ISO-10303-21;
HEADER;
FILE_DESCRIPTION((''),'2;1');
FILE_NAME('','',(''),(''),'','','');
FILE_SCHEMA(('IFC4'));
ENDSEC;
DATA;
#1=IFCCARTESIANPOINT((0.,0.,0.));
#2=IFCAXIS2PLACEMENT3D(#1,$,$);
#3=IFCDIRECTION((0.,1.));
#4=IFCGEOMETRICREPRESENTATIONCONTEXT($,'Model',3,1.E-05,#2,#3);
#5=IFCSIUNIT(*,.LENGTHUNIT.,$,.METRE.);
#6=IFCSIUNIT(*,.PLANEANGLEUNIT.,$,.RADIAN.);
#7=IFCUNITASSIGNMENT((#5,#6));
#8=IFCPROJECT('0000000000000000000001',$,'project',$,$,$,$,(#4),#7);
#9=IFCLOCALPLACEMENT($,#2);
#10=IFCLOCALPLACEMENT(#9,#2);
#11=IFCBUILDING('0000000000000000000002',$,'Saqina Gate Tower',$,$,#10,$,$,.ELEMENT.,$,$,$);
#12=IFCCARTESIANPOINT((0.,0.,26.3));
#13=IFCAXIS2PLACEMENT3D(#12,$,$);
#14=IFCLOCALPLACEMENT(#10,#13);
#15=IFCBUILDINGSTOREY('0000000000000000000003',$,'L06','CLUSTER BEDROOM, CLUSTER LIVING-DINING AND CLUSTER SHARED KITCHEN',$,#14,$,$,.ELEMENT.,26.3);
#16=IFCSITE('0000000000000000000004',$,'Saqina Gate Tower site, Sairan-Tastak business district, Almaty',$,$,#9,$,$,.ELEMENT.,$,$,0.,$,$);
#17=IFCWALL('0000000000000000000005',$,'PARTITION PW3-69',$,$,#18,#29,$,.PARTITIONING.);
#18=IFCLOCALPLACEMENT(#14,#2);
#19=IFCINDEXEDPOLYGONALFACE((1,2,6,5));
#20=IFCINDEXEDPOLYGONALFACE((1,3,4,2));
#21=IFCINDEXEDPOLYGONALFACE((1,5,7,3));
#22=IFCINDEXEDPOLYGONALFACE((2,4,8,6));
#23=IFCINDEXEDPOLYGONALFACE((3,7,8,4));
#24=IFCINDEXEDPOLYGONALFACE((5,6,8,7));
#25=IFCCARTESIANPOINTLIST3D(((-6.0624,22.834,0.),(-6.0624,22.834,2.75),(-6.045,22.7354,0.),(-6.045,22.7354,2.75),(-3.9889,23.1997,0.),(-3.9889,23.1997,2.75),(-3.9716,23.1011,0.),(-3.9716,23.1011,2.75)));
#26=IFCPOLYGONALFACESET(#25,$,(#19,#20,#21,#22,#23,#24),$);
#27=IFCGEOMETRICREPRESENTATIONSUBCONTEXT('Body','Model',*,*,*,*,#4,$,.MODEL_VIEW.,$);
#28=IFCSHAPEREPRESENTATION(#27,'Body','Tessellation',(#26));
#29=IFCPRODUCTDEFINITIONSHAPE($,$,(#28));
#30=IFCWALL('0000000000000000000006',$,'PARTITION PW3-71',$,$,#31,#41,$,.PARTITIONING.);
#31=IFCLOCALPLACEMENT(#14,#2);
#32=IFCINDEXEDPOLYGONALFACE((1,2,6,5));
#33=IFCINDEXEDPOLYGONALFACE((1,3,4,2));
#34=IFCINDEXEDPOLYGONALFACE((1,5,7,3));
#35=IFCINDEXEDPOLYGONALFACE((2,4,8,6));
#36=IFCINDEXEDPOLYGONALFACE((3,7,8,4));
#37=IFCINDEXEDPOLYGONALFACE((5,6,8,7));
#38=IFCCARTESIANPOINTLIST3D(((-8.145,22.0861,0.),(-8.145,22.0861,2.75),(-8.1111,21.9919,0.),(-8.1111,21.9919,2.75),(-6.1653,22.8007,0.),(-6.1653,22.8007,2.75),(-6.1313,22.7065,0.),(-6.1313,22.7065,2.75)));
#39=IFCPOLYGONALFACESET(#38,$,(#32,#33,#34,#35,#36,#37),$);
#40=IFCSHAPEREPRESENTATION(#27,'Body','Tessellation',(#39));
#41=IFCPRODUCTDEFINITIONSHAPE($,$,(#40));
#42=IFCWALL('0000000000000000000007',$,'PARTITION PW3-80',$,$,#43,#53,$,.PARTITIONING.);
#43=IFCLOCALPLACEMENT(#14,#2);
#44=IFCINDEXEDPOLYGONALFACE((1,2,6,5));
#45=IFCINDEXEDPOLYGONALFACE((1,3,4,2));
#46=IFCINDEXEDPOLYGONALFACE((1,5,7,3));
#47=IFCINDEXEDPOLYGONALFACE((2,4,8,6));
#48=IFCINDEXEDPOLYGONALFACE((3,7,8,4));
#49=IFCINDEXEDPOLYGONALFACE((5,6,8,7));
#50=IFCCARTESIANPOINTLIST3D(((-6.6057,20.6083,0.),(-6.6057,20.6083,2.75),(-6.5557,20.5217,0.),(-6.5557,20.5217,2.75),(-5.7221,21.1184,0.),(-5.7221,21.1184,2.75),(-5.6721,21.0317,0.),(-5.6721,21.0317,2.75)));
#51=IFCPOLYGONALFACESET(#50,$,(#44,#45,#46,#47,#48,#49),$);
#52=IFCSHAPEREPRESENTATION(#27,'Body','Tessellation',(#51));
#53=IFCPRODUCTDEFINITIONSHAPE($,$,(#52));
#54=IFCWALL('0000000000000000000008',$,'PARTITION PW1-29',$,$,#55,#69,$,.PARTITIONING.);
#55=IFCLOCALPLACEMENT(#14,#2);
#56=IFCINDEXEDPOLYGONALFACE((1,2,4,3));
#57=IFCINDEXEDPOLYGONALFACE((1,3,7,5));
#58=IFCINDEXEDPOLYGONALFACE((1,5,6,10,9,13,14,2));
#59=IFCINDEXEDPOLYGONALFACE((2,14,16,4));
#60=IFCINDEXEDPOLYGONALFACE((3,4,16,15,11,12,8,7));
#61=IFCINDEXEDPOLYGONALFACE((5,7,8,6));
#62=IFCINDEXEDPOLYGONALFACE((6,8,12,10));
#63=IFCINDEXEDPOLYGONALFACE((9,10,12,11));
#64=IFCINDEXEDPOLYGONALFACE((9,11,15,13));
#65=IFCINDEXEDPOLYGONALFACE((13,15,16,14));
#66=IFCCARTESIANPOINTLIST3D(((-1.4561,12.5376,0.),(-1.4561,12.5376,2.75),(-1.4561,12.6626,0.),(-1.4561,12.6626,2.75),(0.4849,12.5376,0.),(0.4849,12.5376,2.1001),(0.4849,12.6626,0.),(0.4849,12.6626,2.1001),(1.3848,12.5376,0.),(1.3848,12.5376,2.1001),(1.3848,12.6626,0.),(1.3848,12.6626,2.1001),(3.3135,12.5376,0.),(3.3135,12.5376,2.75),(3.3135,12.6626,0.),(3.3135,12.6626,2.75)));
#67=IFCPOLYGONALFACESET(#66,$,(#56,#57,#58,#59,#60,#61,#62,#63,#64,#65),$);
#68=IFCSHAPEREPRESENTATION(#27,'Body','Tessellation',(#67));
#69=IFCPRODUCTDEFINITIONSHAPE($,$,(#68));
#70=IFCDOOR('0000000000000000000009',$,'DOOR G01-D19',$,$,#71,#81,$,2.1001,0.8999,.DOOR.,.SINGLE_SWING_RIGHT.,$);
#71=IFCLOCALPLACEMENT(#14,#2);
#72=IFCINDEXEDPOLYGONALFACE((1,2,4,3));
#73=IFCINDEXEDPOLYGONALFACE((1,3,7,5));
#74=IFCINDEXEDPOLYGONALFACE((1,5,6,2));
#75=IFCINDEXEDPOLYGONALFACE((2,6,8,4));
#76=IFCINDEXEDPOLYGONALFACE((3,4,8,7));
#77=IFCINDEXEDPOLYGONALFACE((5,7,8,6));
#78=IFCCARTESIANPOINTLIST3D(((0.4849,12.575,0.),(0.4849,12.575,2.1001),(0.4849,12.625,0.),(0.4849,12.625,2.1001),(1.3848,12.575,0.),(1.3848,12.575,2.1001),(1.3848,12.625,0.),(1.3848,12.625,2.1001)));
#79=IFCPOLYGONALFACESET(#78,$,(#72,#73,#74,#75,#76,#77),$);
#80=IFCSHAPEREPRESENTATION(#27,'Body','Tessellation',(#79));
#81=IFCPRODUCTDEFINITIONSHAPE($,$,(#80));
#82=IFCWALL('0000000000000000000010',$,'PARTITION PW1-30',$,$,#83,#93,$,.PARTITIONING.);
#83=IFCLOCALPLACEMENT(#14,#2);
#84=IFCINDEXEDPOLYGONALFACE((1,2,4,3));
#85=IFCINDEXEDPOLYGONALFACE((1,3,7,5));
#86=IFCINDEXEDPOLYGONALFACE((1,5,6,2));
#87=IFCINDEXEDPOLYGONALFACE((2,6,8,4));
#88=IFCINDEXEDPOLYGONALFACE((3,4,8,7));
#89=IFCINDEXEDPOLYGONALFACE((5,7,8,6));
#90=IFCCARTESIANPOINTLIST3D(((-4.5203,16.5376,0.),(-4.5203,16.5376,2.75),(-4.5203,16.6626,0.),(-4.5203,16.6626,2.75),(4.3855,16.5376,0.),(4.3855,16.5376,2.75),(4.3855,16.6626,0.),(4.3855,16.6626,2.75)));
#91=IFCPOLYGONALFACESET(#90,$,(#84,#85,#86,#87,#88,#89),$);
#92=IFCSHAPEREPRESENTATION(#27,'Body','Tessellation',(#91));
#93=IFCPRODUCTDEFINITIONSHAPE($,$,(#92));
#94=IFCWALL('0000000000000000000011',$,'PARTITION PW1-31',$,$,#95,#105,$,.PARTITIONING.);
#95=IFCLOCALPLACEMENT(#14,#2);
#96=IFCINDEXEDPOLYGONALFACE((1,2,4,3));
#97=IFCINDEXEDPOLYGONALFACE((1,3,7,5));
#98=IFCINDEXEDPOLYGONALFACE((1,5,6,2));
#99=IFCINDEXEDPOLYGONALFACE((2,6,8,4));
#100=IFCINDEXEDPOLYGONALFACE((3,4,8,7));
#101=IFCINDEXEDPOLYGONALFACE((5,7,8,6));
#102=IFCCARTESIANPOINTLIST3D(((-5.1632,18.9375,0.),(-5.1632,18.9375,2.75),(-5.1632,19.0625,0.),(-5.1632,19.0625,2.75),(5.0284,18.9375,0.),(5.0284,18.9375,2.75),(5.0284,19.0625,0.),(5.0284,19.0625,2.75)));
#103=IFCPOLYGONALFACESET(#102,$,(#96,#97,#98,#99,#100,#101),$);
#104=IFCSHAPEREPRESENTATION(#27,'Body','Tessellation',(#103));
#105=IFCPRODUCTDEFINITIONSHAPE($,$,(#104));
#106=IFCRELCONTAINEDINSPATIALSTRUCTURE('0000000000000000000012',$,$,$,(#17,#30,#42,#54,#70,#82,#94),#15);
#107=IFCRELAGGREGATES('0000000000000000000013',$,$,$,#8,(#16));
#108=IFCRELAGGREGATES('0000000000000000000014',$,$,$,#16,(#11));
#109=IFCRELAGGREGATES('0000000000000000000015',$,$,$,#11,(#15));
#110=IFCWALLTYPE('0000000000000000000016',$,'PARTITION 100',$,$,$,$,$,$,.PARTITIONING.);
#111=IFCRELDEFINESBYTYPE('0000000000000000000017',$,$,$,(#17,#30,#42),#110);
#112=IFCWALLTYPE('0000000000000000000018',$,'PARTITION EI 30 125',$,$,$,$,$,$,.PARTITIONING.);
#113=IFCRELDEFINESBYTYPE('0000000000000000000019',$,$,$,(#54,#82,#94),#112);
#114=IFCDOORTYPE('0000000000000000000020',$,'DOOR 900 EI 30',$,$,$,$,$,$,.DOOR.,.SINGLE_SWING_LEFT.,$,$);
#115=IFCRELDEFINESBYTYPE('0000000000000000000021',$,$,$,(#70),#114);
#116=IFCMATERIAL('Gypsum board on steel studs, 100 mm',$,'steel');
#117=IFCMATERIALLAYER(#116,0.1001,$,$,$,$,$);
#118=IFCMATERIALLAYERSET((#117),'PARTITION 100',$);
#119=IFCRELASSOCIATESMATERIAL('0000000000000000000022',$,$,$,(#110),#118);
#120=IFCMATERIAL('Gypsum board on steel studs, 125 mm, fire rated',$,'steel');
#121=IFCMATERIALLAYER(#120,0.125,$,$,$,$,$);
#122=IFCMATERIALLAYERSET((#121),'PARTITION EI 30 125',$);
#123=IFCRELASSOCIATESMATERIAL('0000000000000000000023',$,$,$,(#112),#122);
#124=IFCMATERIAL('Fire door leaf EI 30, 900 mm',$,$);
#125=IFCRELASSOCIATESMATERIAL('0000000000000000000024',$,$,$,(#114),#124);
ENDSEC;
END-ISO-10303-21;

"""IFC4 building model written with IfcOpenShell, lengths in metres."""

from ifc_helpers import new_model, si_unit, direction, frame, frame_2d, origin, place, context, subcontext, project, spatial, rectangle, extrude, material, layer, layer_set, type_object, element, fill, save


model = new_model("IFC4")

# Units and contexts
model_context = context("Model", 3, precision=1e-05, world=origin(), true_north=direction((0.0, 1.0)))
body_context = subcontext(model_context, "Body", "Model", "MODEL_VIEW")
ifc_project = project(units=[si_unit("LENGTHUNIT", "METRE"), si_unit("PLANEANGLEUNIT", "RADIAN")], contexts=[model_context])

# Site, building, storey
site_placement = place(None, origin())
site = spatial("IfcSite", under=ifc_project, at=site_placement, Name="Saqina Gate Tower site, Sairan-Tastak business district, Almaty", CompositionType="ELEMENT", RefElevation=0.0)
building_placement = place(site_placement, origin())
building = spatial("IfcBuilding", under=site, at=building_placement, Name="Saqina Gate Tower", CompositionType="ELEMENT")
storey_placement = place(building_placement, frame((0.0, 0.0, 26.3)))
storey = spatial("IfcBuildingStorey", under=building, at=storey_placement, Name="L06", Description="CLUSTER BEDROOM, CLUSTER LIVING-DINING AND CLUSTER SHARED KITCHEN", CompositionType="ELEMENT", Elevation=26.3)

# Shared definitions
ifc_material_1 = material(Name="Gypsum board on steel studs, 100 mm", Category="steel")
ifc_layer_1 = layer(ifc_material_1, 0.1001)
ifc_layer_set_1 = layer_set([ifc_layer_1], Name="PARTITION 100")
wall_type_1 = type_object("IfcWallType", Name="PARTITION 100", PredefinedType="PARTITIONING", material=ifc_layer_set_1)

# Walls
wall_1_placement = place(storey_placement, frame((-6.0537, 22.7847, 0.0), z_axis=(0.0, 0.0, 1.0), x_axis=(0.984799, 0.173699, 0.0)))
element("IfcWall", 1, at=wall_1_placement, inside=storey, type_object=wall_type_1, Name="PARTITION PW3-69", PredefinedType="PARTITIONING", context=body_context, shape_type="SweptSolid", body=[
    extrude(rectangle(XDim=2.1055, YDim=0.1001, at=frame_2d((1.0527, 0.0))), origin(), (0.0, 0.0, 1.0), 2.75),
])
wall_2_placement = place(storey_placement, frame((-8.1279, 22.0391, 0.0), z_axis=(0.0, 0.0, 1.0), x_axis=(0.9406, 0.339516, 0.0)))
element("IfcWall", 2, at=wall_2_placement, inside=storey, type_object=wall_type_1, Name="PARTITION PW3-71", PredefinedType="PARTITIONING", context=body_context, shape_type="SweptSolid", body=[
    extrude(rectangle(XDim=2.1047, YDim=0.1001, at=frame_2d((1.0522, 0.0))), origin(), (0.0, 0.0, 1.0), 2.75),
])
wall_3_placement = place(storey_placement, frame((-6.5808, 20.5649, 0.0), z_axis=(0.0, 0.0, 1.0), x_axis=(0.86607, 0.499923, 0.0)))
element("IfcWall", 3, at=wall_3_placement, inside=storey, type_object=wall_type_1, Name="PARTITION PW3-80", PredefinedType="PARTITIONING", context=body_context, shape_type="SweptSolid", body=[
    extrude(rectangle(XDim=1.0203, YDim=0.1001, at=frame_2d((0.5103, 0.0))), origin(), (0.0, 0.0, 1.0), 2.75),
])

# Wall, opening, door
ifc_material_2 = material(Name="Gypsum board on steel studs, 125 mm, fire rated", Category="steel")
ifc_layer_2 = layer(ifc_material_2, 0.125)
ifc_layer_set_2 = layer_set([ifc_layer_2], Name="PARTITION EI 30 125")
wall_type_2 = type_object("IfcWallType", Name="PARTITION EI 30 125", PredefinedType="PARTITIONING", material=ifc_layer_set_2)
wall_4_placement = place(storey_placement, frame((-1.4561, 12.6001, 0.0), z_axis=(0.0, 0.0, 1.0), x_axis=(1.0, 0.0, 0.0)))
wall_4 = element("IfcWall", 4, at=wall_4_placement, inside=storey, type_object=wall_type_2, Name="PARTITION PW1-29", PredefinedType="PARTITIONING", context=body_context, shape_type="SweptSolid", body=[
    extrude(rectangle(XDim=4.7695, YDim=0.125, at=frame_2d((2.3848, 0.0))), origin(), (0.0, 0.0, 1.0), 2.75),
])
opening_1_placement = place(wall_4_placement, frame((1.9409, 0.0, 0.0)))
opening_1 = element("IfcOpeningElement", 5, at=opening_1_placement, cuts=wall_4, PredefinedType="OPENING", context=body_context, shape_type="SweptSolid", body=[
    extrude(rectangle(XDim=0.8999, YDim=2.1001, at=frame_2d((0.45, 1.05))), frame((0.0, 0.0745, 0.0), z_axis=(0.0, -1.0, 0.0), x_axis=(1.0, 0.0, 0.0)), (0.0, 0.0, 1.0), 0.1489),
])
ifc_material_3 = material(Name="Fire door leaf EI 30, 900 mm")
door_type_1 = type_object("IfcDoorType", Name="DOOR 900 EI 30", OperationType="SINGLE_SWING_LEFT", PredefinedType="DOOR", material=ifc_material_3)
door_1_placement = place(opening_1_placement, origin())
door_1 = element("IfcDoor", 6, at=door_1_placement, inside=storey, type_object=door_type_1, Name="DOOR G01-D19", OperationType="SINGLE_SWING_RIGHT", OverallHeight=2.1001, OverallWidth=0.8999, PredefinedType="DOOR", context=body_context, shape_type="SweptSolid", body=[
    extrude(rectangle(XDim=0.8999, YDim=2.1001, at=frame_2d((0.45, 1.05))), frame((0.0, 0.0249, 0.0), z_axis=(0.0, -1.0, 0.0), x_axis=(1.0, 0.0, 0.0)), (0.0, 0.0, 1.0), 0.05),
])
fill(opening_1, door_1)

# Walls
wall_5_placement = place(storey_placement, frame((-4.5203, 16.6001, 0.0), z_axis=(0.0, 0.0, 1.0), x_axis=(1.0, 0.0, 0.0)))
element("IfcWall", 7, at=wall_5_placement, inside=storey, type_object=wall_type_2, Name="PARTITION PW1-30", PredefinedType="PARTITIONING", context=body_context, shape_type="SweptSolid", body=[
    extrude(rectangle(XDim=8.9058, YDim=0.125, at=frame_2d((4.4529, 0.0))), origin(), (0.0, 0.0, 1.0), 2.75),
])
wall_6_placement = place(storey_placement, frame((-5.1631, 19.0, 0.0), z_axis=(0.0, 0.0, 1.0), x_axis=(1.0, 0.0, 0.0)))
element("IfcWall", 8, at=wall_6_placement, inside=storey, type_object=wall_type_2, Name="PARTITION PW1-31", PredefinedType="PARTITIONING", context=body_context, shape_type="SweptSolid", body=[
    extrude(rectangle(XDim=10.1917, YDim=0.125, at=frame_2d((5.0957, 0.0))), origin(), (0.0, 0.0, 1.0), 2.75),
])

save(model, "model.ifc")
